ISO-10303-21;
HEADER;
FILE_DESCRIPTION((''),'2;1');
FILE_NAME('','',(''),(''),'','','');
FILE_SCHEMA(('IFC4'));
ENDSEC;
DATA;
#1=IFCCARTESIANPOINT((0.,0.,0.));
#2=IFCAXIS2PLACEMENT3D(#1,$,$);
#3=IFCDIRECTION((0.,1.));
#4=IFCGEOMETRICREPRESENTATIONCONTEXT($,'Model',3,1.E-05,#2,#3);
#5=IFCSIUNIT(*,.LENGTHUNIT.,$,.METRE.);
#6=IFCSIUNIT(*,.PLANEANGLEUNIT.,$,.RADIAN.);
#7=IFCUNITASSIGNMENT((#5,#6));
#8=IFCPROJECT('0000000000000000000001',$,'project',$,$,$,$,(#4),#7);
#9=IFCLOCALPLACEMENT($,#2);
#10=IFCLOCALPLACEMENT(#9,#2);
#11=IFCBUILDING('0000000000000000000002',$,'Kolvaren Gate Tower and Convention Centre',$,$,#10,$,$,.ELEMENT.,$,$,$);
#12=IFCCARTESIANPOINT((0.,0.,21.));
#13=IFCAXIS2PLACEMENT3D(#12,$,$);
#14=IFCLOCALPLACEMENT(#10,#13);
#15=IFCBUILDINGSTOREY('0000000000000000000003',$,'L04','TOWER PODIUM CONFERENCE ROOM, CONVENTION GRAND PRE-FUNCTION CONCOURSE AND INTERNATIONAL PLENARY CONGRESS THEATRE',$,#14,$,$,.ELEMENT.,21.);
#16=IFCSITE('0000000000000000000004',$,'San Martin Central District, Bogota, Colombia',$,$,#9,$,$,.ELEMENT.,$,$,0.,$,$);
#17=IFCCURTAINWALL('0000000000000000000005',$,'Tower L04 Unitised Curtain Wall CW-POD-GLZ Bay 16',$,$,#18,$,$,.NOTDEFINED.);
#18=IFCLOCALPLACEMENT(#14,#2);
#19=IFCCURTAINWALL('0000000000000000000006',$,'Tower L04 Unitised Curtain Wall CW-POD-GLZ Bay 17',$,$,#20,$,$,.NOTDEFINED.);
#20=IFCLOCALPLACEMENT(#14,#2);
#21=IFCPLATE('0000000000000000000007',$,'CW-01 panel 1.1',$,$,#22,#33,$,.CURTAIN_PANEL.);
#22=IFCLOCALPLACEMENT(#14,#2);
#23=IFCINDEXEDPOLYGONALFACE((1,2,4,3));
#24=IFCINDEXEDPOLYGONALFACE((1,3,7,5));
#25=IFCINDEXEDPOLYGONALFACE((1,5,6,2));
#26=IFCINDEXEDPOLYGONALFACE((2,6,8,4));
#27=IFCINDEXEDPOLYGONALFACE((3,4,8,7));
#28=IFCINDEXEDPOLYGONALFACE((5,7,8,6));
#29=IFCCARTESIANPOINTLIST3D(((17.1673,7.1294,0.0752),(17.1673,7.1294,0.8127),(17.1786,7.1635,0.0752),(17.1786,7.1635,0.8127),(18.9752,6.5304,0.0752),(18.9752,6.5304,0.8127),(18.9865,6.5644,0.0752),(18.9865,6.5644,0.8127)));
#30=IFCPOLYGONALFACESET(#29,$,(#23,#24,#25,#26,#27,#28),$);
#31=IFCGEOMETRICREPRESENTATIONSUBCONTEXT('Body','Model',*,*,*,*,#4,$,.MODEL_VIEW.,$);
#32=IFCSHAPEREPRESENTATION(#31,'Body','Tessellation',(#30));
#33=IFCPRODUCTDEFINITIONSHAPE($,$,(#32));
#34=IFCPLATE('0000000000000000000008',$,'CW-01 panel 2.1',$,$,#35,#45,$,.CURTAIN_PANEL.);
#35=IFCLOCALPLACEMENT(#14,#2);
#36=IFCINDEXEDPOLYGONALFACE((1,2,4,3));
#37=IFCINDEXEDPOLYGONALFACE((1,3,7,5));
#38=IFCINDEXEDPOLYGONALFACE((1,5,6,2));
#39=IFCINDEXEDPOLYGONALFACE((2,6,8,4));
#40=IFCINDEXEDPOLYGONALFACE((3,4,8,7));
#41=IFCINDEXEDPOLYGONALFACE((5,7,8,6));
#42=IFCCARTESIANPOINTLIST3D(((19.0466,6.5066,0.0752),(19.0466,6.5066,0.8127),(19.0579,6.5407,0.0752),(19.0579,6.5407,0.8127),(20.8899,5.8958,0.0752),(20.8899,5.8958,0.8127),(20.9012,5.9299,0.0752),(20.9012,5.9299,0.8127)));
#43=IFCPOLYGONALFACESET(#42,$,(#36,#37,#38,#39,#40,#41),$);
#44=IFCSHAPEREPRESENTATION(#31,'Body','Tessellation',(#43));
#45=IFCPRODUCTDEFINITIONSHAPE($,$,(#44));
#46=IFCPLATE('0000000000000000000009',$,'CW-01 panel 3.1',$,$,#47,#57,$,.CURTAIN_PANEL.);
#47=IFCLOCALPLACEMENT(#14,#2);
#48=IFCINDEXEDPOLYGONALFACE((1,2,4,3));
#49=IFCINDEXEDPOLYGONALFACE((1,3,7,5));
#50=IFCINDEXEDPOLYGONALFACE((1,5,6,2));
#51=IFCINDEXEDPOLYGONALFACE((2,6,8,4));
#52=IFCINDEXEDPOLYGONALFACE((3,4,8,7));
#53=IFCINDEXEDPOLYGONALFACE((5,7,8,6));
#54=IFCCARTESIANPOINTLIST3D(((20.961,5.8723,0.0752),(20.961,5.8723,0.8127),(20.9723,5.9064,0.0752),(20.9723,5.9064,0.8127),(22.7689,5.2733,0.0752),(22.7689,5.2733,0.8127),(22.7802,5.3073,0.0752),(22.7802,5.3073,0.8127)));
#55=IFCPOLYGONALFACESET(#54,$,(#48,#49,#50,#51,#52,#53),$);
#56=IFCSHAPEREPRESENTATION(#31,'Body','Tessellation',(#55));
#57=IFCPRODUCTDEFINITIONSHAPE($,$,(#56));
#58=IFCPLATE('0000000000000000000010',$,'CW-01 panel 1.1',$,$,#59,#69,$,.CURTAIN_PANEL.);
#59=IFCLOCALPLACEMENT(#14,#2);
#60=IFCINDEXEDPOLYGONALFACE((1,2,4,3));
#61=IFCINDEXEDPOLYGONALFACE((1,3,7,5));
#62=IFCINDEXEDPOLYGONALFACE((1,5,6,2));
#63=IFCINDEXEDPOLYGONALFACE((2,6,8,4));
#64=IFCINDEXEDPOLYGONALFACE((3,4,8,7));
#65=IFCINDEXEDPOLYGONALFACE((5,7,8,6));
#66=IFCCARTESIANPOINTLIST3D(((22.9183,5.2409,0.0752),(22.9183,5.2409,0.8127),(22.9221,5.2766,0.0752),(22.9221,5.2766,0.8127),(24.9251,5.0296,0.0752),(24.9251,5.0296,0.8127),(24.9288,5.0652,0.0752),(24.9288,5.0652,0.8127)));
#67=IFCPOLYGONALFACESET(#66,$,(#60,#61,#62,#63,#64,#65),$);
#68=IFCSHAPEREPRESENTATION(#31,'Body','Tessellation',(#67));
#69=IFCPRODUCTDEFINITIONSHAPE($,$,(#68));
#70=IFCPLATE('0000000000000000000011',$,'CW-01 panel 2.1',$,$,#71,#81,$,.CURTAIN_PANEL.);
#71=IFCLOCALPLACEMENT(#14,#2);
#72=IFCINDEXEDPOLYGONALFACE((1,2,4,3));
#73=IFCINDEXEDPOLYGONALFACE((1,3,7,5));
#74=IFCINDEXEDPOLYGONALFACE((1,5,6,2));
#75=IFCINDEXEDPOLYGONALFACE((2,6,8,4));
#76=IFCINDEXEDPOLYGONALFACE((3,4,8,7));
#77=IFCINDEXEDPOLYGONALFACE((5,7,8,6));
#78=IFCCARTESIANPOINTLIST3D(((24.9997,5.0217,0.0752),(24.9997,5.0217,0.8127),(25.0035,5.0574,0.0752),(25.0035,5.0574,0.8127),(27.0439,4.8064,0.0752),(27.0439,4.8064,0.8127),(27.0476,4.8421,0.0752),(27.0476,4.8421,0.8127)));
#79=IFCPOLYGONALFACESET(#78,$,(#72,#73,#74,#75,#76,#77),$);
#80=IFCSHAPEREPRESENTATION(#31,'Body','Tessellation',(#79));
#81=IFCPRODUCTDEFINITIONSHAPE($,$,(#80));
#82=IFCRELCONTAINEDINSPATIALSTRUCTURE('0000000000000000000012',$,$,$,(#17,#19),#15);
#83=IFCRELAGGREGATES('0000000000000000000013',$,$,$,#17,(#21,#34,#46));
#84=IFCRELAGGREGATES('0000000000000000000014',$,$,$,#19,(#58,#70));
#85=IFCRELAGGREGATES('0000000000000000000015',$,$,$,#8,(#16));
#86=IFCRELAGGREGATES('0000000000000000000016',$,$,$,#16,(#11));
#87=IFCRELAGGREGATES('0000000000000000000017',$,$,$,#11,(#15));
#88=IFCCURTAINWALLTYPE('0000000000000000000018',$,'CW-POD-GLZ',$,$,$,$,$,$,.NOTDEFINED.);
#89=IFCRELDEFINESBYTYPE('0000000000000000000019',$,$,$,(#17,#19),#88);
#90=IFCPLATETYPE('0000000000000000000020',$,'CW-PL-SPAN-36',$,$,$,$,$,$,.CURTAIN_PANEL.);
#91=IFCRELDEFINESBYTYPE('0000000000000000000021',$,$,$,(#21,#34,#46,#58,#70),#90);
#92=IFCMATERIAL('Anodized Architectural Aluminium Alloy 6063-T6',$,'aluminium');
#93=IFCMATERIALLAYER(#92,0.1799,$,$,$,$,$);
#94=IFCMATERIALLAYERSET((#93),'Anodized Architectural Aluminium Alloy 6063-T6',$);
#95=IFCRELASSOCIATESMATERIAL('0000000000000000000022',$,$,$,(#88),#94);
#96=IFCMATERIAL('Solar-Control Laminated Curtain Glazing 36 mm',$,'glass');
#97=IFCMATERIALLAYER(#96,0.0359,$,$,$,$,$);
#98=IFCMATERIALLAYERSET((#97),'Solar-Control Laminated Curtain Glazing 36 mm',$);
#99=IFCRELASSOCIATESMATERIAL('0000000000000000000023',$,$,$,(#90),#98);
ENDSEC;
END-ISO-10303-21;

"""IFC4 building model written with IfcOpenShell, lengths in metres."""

from ifc_helpers import new_model, si_unit, direction, frame, origin, origin_2d, place, context, subcontext, project, spatial, rectangle, extrude, material, layer, layer_set, type_object, element, aggregate, save


model = new_model("IFC4")

# Units and contexts
model_context = context("Model", 3, precision=1e-05, world=origin(), true_north=direction((0.0, 1.0)))
body_context = subcontext(model_context, "Body", "Model", "MODEL_VIEW")
ifc_project = project(units=[si_unit("LENGTHUNIT", "METRE"), si_unit("PLANEANGLEUNIT", "RADIAN")], contexts=[model_context])

# Site, building, storey
site_placement = place(None, origin())
site = spatial("IfcSite", under=ifc_project, at=site_placement, Name="San Martin Central District, Bogota, Colombia", CompositionType="ELEMENT", RefElevation=0.0)
building_placement = place(site_placement, origin())
building = spatial("IfcBuilding", under=site, at=building_placement, Name="Kolvaren Gate Tower and Convention Centre", CompositionType="ELEMENT")
storey_placement = place(building_placement, frame((0.0, 0.0, 21.0)))
storey = spatial("IfcBuildingStorey", under=building, at=storey_placement, Name="L04", Description="TOWER PODIUM CONFERENCE ROOM, CONVENTION GRAND PRE-FUNCTION CONCOURSE AND INTERNATIONAL PLENARY CONGRESS THEATRE", CompositionType="ELEMENT", Elevation=21.0)

# Curtain walls
ifc_material_1 = material(Name="Anodized Architectural Aluminium Alloy 6063-T6", Category="aluminium")
ifc_layer_1 = layer(ifc_material_1, 0.1799)
ifc_layer_set_1 = layer_set([ifc_layer_1], Name="Anodized Architectural Aluminium Alloy 6063-T6")
curtain_wall_type = type_object("IfcCurtainWallType", Name="CW-POD-GLZ", PredefinedType="NOTDEFINED", material=ifc_layer_set_1)
curtain_wall_1_placement = place(storey_placement, origin())
curtain_wall_1 = element("IfcCurtainWall", 1, at=curtain_wall_1_placement, inside=storey, type_object=curtain_wall_type, Name="Tower L04 Unitised Curtain Wall CW-POD-GLZ Bay 16", PredefinedType="NOTDEFINED")
curtain_wall_2_placement = place(storey_placement, origin())
curtain_wall_2 = element("IfcCurtainWall", 2, at=curtain_wall_2_placement, inside=storey, type_object=curtain_wall_type, Name="Tower L04 Unitised Curtain Wall CW-POD-GLZ Bay 17", PredefinedType="NOTDEFINED")

# Plates
ifc_material_2 = material(Name="Solar-Control Laminated Curtain Glazing 36 mm", Category="glass")
ifc_layer_2 = layer(ifc_material_2, 0.0359)
ifc_layer_set_2 = layer_set([ifc_layer_2], Name="Solar-Control Laminated Curtain Glazing 36 mm")
plate_type_1 = type_object("IfcPlateType", Name="CW-PL-SPAN-36", PredefinedType="CURTAIN_PANEL", material=ifc_layer_set_2)
plate_1_placement = place(storey_placement, frame((18.0769, 6.8469, 0.0752), z_axis=(0.0, 0.0, 1.0), x_axis=(0.949242, -0.314547, 0.0)))
plate_1 = element("IfcPlate", 3, at=plate_1_placement, type_object=plate_type_1, Name="CW-01 panel 1.1", PredefinedType="CURTAIN_PANEL", context=body_context, shape_type="SweptSolid", body=[
    extrude(rectangle(XDim=1.9045, YDim=0.0359, at=origin_2d()), origin(), (0.0, 0.0, 1.0), 0.7375),
])
plate_2_placement = place(storey_placement, frame((19.9739, 6.2183, 0.0752), z_axis=(0.0, 0.0, 1.0), x_axis=(0.949242, -0.314547, 0.0)))
plate_2 = element("IfcPlate", 4, at=plate_2_placement, type_object=plate_type_1, Name="CW-01 panel 2.1", PredefinedType="CURTAIN_PANEL", context=body_context, shape_type="SweptSolid", body=[
    extrude(rectangle(XDim=1.9419, YDim=0.0359, at=origin_2d()), origin(), (0.0, 0.0, 1.0), 0.7375),
])
plate_3_placement = place(storey_placement, frame((21.8706, 5.5898, 0.0752), z_axis=(0.0, 0.0, 1.0), x_axis=(0.949242, -0.314547, 0.0)))
plate_3 = element("IfcPlate", 5, at=plate_3_placement, type_object=plate_type_1, Name="CW-01 panel 3.1", PredefinedType="CURTAIN_PANEL", context=body_context, shape_type="SweptSolid", body=[
    extrude(rectangle(XDim=1.9045, YDim=0.0359, at=origin_2d()), origin(), (0.0, 0.0, 1.0), 0.7375),
])
aggregate(curtain_wall_1, [plate_1, plate_2, plate_3])
plate_4_placement = place(storey_placement, frame((23.9236, 5.1531, 0.0752), z_axis=(0.0, 0.0, 1.0), x_axis=(0.994499, -0.104742, 0.0)))
plate_4 = element("IfcPlate", 6, at=plate_4_placement, type_object=plate_type_1, Name="CW-01 panel 1.1", PredefinedType="CURTAIN_PANEL", context=body_context, shape_type="SweptSolid", body=[
    extrude(rectangle(XDim=2.0178, YDim=0.0359, at=origin_2d()), origin(), (0.0, 0.0, 1.0), 0.7375),
])
plate_5_placement = place(storey_placement, frame((26.0237, 4.9319, 0.0752), z_axis=(0.0, 0.0, 1.0), x_axis=(0.994499, -0.104742, 0.0)))
plate_5 = element("IfcPlate", 7, at=plate_5_placement, type_object=plate_type_1, Name="CW-01 panel 2.1", PredefinedType="CURTAIN_PANEL", context=body_context, shape_type="SweptSolid", body=[
    extrude(rectangle(XDim=2.0554, YDim=0.0359, at=origin_2d()), origin(), (0.0, 0.0, 1.0), 0.7375),
])
aggregate(curtain_wall_2, [plate_4, plate_5])

save(model, "model.ifc")
